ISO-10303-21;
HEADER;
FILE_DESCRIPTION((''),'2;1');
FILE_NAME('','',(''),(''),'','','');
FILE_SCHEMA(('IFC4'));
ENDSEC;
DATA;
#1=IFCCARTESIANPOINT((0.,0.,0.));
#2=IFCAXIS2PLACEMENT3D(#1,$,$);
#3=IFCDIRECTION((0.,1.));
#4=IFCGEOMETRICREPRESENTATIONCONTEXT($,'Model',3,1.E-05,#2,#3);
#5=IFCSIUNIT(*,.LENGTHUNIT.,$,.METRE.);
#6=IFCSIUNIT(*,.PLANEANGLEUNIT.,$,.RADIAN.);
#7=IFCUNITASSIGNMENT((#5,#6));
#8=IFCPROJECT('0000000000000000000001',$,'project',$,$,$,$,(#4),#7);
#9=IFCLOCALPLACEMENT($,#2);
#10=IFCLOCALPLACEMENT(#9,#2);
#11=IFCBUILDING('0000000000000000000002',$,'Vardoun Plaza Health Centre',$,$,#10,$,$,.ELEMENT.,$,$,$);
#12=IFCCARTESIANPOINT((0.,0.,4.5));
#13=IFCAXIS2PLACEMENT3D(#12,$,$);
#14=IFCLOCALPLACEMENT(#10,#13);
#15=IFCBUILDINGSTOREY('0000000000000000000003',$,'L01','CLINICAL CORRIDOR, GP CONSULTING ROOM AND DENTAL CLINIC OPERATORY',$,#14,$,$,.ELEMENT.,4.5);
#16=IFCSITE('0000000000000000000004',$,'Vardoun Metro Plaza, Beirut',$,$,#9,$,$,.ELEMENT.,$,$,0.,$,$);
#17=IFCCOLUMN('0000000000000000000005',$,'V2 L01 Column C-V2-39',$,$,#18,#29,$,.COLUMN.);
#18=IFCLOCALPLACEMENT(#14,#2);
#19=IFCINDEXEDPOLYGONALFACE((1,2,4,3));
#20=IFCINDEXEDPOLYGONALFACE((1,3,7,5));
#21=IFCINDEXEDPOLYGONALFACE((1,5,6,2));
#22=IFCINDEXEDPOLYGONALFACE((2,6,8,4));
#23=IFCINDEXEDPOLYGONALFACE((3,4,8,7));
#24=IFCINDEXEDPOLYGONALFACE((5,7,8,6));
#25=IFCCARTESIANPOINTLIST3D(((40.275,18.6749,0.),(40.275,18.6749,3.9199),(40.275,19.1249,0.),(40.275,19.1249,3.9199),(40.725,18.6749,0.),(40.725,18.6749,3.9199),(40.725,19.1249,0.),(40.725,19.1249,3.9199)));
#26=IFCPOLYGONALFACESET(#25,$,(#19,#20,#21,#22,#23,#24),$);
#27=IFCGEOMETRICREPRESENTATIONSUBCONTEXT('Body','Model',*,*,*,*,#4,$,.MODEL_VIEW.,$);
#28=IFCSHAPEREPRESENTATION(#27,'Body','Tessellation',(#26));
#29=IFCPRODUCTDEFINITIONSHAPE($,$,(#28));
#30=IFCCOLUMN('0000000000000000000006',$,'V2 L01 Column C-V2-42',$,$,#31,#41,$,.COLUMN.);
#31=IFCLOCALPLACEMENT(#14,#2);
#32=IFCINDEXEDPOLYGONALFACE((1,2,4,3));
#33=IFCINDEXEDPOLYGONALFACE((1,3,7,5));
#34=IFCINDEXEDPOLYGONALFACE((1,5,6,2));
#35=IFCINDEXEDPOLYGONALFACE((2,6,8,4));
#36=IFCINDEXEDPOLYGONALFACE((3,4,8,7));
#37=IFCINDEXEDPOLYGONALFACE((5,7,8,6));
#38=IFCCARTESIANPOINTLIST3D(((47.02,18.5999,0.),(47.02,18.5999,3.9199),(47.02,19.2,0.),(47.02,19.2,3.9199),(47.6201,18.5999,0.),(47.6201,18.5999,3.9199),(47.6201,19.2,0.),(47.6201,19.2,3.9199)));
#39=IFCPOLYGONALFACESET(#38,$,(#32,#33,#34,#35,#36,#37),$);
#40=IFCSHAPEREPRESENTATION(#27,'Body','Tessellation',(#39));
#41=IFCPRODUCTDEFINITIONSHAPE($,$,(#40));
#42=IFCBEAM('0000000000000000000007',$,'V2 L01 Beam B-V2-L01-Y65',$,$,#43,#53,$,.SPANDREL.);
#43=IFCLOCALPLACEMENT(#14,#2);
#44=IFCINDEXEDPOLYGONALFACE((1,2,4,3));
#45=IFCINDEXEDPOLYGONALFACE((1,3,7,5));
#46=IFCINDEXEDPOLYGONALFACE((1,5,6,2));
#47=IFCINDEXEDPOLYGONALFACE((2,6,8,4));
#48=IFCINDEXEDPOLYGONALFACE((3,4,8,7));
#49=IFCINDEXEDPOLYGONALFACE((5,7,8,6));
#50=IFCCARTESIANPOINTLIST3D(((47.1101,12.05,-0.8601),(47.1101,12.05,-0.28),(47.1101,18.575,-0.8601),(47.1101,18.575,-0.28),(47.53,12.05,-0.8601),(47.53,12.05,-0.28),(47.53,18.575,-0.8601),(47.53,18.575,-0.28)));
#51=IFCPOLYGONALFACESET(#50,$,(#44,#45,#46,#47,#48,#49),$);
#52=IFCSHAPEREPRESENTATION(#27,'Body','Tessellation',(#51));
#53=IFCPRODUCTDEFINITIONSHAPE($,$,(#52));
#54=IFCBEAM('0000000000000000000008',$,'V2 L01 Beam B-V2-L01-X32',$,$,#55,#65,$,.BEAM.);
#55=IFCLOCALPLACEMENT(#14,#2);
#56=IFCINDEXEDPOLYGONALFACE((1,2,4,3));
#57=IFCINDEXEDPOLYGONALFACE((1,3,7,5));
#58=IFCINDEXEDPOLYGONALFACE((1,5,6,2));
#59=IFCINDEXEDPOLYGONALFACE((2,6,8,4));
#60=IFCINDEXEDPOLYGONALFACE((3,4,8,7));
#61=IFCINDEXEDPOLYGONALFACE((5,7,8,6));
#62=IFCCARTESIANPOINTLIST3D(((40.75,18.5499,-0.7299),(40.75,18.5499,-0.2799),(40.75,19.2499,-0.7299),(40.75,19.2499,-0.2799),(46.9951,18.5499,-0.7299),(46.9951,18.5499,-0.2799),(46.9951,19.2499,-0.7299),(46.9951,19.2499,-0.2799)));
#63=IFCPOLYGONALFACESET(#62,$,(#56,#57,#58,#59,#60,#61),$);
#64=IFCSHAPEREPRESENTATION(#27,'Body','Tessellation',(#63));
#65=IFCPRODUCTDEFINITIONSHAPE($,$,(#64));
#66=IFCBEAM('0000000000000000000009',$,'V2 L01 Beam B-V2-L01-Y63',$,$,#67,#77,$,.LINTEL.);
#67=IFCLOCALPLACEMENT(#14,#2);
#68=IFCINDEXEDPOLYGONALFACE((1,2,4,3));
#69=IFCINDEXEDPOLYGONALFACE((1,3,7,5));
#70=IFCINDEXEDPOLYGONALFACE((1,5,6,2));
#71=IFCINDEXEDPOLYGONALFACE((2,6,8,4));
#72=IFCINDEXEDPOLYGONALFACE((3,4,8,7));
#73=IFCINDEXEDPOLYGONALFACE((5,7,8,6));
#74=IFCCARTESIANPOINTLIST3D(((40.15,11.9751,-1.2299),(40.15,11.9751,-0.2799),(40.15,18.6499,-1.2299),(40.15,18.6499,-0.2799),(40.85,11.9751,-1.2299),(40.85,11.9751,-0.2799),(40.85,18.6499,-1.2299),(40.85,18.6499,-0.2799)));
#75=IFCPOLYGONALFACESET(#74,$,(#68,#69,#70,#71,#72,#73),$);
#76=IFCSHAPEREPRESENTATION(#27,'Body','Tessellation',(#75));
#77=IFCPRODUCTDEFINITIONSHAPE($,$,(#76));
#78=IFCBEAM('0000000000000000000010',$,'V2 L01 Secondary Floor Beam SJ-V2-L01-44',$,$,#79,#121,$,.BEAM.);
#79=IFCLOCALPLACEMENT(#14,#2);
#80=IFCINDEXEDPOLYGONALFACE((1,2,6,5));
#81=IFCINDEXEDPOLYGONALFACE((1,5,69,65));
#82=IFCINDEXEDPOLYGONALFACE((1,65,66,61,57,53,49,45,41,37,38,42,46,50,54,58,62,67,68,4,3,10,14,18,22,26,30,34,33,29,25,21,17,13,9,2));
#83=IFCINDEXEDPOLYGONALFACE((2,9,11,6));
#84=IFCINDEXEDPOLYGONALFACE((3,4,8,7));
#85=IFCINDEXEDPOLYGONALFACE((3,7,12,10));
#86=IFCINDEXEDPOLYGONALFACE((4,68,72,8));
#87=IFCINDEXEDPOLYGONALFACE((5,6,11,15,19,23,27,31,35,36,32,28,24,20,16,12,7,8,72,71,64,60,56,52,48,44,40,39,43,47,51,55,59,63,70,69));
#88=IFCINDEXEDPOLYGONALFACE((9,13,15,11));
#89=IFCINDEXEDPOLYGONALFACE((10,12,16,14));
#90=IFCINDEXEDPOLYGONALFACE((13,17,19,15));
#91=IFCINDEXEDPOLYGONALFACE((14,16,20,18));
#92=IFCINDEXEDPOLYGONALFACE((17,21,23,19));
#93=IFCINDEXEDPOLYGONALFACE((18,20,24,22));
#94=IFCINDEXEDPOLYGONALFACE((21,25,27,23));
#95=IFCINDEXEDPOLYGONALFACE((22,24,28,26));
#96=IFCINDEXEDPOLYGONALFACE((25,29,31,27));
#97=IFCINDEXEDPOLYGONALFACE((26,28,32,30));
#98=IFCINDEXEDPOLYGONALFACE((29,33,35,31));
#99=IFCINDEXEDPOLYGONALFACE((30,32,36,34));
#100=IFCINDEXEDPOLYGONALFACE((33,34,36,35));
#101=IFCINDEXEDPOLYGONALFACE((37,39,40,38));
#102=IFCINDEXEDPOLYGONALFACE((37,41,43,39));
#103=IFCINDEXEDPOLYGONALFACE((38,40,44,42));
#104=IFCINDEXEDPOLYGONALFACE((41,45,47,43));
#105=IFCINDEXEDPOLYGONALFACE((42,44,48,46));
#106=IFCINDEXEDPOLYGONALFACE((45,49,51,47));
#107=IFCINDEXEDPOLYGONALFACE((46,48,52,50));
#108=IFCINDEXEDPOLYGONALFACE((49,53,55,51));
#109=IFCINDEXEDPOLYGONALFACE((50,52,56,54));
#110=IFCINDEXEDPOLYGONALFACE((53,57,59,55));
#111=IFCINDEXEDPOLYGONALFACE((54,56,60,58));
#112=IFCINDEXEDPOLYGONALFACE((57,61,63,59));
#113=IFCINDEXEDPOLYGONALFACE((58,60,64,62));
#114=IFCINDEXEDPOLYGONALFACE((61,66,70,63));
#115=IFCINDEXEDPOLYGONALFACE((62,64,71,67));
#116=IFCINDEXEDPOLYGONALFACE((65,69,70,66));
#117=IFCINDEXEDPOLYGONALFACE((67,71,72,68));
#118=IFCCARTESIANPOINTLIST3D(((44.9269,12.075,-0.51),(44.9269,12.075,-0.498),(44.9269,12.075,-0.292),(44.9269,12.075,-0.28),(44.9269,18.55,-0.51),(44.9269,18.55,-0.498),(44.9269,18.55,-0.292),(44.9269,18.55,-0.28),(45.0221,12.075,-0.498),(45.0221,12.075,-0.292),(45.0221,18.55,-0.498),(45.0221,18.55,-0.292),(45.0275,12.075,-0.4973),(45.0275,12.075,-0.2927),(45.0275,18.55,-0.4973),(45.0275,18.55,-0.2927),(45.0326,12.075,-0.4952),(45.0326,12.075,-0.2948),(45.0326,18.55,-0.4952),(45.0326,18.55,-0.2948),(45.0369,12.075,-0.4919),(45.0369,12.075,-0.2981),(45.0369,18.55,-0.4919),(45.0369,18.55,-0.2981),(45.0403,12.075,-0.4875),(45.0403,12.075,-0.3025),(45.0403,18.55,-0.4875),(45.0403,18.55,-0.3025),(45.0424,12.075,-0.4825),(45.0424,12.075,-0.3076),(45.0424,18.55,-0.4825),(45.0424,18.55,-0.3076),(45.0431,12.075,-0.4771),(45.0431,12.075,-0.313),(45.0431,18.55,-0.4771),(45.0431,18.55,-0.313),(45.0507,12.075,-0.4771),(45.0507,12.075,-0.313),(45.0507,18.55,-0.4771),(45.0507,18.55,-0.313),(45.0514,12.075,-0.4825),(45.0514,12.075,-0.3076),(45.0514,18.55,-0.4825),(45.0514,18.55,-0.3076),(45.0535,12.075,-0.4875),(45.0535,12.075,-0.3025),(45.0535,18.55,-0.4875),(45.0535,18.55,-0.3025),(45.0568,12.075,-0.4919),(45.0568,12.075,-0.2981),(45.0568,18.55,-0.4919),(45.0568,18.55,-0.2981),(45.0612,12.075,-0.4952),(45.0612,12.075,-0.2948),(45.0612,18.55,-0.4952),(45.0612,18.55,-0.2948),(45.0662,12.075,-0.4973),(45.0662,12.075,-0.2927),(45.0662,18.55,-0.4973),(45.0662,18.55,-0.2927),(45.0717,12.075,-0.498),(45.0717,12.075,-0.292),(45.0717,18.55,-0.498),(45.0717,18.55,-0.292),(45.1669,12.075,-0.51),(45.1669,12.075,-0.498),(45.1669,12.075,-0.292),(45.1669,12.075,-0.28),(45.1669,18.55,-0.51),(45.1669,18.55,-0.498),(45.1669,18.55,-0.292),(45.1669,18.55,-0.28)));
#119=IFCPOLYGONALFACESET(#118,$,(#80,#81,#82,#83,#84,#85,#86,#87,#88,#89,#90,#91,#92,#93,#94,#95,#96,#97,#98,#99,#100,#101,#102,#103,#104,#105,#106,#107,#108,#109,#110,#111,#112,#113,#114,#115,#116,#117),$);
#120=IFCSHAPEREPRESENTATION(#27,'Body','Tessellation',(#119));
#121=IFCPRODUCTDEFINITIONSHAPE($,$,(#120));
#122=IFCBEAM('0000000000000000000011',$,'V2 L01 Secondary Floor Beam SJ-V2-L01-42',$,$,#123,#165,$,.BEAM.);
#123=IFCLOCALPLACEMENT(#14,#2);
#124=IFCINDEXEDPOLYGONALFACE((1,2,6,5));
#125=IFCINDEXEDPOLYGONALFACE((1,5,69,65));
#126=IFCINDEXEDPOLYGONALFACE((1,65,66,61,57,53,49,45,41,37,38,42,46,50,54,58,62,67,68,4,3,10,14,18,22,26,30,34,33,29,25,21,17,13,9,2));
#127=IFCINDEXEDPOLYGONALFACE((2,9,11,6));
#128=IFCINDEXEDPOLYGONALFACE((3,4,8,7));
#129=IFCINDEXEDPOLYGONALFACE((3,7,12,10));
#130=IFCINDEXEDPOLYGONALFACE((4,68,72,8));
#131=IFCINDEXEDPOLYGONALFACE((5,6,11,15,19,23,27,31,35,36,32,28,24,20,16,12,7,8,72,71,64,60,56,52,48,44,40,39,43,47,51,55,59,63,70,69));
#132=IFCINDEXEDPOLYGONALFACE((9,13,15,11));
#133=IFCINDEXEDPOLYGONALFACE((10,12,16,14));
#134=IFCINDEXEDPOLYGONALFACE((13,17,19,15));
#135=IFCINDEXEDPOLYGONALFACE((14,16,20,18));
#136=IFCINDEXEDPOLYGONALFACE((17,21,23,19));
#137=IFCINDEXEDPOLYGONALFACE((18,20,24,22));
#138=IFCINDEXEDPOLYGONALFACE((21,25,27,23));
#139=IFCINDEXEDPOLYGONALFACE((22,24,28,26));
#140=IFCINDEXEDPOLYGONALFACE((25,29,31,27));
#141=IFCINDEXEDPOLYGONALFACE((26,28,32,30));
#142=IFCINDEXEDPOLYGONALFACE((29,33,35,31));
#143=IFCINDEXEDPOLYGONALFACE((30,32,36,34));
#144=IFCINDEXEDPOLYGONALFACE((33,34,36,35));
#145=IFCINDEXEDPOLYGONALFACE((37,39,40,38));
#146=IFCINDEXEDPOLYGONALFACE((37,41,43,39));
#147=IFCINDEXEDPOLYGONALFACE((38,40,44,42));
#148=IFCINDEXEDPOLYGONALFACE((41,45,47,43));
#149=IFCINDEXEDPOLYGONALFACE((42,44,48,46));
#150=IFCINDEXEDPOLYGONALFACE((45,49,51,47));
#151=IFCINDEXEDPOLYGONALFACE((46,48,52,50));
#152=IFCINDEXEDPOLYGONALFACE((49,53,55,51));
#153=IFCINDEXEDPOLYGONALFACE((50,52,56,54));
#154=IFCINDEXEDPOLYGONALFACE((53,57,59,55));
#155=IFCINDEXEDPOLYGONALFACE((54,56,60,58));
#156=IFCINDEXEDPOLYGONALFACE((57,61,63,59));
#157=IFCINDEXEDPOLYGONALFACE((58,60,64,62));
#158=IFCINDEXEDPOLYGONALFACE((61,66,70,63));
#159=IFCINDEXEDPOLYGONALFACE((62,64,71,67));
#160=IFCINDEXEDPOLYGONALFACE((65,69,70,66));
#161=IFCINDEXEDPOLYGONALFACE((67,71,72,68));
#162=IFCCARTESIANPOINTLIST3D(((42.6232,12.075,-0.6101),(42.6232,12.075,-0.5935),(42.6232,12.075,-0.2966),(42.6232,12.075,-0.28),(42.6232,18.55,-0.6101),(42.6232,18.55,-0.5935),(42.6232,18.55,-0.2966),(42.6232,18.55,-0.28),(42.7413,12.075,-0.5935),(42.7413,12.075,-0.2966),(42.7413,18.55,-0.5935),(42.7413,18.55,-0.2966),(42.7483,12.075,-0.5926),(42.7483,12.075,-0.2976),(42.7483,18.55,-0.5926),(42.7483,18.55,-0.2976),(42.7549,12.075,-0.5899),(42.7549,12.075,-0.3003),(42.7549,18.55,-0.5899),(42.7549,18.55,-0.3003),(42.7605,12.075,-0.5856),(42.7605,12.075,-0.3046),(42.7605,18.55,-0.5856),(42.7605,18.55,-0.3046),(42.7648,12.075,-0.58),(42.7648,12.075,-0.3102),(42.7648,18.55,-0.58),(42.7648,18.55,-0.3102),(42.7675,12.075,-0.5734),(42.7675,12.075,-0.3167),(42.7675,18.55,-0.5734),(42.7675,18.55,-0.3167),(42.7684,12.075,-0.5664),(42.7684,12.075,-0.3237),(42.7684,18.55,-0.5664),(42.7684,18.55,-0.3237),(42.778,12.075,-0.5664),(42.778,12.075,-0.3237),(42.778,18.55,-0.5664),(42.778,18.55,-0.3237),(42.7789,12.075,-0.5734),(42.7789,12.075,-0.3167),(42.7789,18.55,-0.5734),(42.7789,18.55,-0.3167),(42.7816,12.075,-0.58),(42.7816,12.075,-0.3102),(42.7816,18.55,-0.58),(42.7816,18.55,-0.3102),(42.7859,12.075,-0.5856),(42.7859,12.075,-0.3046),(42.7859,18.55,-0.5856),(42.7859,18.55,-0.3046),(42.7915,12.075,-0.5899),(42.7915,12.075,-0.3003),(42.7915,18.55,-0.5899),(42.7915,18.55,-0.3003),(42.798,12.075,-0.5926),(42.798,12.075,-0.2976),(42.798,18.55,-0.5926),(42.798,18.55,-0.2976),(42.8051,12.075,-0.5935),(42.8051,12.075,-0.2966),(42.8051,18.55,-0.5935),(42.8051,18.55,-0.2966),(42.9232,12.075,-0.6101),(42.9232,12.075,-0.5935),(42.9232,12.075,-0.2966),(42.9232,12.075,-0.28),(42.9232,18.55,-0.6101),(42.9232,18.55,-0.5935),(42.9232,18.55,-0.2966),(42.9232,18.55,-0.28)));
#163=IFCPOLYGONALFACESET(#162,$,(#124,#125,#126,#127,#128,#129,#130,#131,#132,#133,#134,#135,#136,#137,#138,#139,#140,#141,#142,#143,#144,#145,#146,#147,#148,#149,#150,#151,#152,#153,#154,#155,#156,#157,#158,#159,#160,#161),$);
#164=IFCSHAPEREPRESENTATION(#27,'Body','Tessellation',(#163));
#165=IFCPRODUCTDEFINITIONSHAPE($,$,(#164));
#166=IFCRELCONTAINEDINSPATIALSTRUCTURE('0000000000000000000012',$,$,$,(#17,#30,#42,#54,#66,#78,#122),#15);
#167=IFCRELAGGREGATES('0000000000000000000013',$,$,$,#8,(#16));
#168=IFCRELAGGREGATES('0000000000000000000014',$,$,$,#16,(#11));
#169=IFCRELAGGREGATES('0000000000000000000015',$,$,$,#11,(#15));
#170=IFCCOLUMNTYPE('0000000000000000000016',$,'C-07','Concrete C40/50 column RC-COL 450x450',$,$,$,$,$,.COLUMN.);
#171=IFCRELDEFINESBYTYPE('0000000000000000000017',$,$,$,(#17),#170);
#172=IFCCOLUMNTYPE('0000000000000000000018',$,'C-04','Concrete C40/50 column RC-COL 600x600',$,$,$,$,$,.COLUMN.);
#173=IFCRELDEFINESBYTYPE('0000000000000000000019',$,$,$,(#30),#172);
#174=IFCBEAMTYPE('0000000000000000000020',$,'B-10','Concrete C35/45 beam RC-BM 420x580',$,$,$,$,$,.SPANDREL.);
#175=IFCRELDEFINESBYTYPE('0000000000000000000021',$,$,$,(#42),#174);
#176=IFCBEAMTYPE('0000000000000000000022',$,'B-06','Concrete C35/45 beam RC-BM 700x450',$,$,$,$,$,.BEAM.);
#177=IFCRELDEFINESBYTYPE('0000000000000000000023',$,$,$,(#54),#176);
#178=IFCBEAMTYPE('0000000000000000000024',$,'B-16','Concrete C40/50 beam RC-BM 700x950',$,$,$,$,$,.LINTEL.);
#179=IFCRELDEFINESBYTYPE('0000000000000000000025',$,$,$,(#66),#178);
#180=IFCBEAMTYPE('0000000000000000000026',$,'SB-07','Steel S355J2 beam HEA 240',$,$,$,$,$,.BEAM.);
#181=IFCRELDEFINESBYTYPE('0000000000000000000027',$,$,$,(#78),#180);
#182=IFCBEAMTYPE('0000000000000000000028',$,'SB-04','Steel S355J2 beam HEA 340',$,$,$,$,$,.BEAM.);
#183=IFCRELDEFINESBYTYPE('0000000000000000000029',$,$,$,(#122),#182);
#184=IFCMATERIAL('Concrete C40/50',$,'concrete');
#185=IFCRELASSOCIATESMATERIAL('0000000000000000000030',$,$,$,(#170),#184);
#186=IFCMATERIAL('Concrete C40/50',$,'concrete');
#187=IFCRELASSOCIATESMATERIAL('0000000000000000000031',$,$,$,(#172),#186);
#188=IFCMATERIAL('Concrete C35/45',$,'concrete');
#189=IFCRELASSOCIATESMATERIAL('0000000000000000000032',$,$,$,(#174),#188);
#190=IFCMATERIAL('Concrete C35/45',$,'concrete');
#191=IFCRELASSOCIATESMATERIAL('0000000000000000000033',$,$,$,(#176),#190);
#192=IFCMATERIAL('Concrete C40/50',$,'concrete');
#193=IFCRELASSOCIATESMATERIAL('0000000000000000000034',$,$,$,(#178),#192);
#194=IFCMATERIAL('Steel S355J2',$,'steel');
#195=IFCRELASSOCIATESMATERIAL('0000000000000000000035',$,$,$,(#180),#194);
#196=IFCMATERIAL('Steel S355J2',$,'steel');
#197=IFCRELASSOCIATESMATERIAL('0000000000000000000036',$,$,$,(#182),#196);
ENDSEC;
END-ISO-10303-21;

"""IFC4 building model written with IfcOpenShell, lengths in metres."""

from ifc_helpers import new_model, si_unit, direction, frame, origin, origin_2d, place, context, subcontext, project, spatial, rectangle, i_section, extrude, material, material_profile, profile_set, type_object, element, save


model = new_model("IFC4")

# Units and contexts
model_context = context("Model", 3, precision=1e-05, world=origin(), true_north=direction((0.0, 1.0)))
body_context = subcontext(model_context, "Body", "Model", "MODEL_VIEW")
ifc_project = project(units=[si_unit("LENGTHUNIT", "METRE"), si_unit("PLANEANGLEUNIT", "RADIAN")], contexts=[model_context])

# Site, building, storey
site_placement = place(None, origin())
site = spatial("IfcSite", under=ifc_project, at=site_placement, Name="Vardoun Metro Plaza, Beirut", CompositionType="ELEMENT", RefElevation=0.0)
building_placement = place(site_placement, origin())
building = spatial("IfcBuilding", under=site, at=building_placement, Name="Vardoun Plaza Health Centre", CompositionType="ELEMENT")
storey_placement = place(building_placement, frame((0.0, 0.0, 4.5)))
storey = spatial("IfcBuildingStorey", under=building, at=storey_placement, Name="L01", Description="CLINICAL CORRIDOR, GP CONSULTING ROOM AND DENTAL CLINIC OPERATORY", CompositionType="ELEMENT", Elevation=4.5)

# Columns
ifc_material_1 = material(Name="Concrete C40/50", Category="concrete")
ifc_material_profile_1 = material_profile(ifc_material_1, rectangle(XDim=0.45, YDim=0.45, at=origin_2d()), Name="RC-COL 450x450")
ifc_profile_set_1 = profile_set([ifc_material_profile_1], Name="Concrete C40/50")
column_type_1 = type_object("IfcColumnType", Name="C-07", Description="Concrete C40/50 column RC-COL 450x450", PredefinedType="COLUMN", material=ifc_profile_set_1)
column_1_placement = place(storey_placement, frame((40.5, 18.8999, 0.0), z_axis=(0.0, 0.0, 1.0), x_axis=(1.0, 0.0, 0.0)))
element("IfcColumn", 1, at=column_1_placement, inside=storey, type_object=column_type_1, Name="V2 L01 Column C-V2-39", PredefinedType="COLUMN", context=body_context, shape_type="SweptSolid", body=[
    extrude(rectangle(XDim=0.45, YDim=0.45, at=origin_2d()), origin(), (0.0, 0.0, 1.0), 3.9199),
])
ifc_material_2 = material(Name="Concrete C40/50", Category="concrete")
ifc_material_profile_2 = material_profile(ifc_material_2, rectangle(XDim=0.6001, YDim=0.6001, at=origin_2d()), Name="RC-COL 600x600")
ifc_profile_set_2 = profile_set([ifc_material_profile_2], Name="Concrete C40/50")
column_type_2 = type_object("IfcColumnType", Name="C-04", Description="Concrete C40/50 column RC-COL 600x600", PredefinedType="COLUMN", material=ifc_profile_set_2)
column_2_placement = place(storey_placement, frame((47.3201, 18.8999, 0.0), z_axis=(0.0, 0.0, 1.0), x_axis=(1.0, 0.0, 0.0)))
element("IfcColumn", 2, at=column_2_placement, inside=storey, type_object=column_type_2, Name="V2 L01 Column C-V2-42", PredefinedType="COLUMN", context=body_context, shape_type="SweptSolid", body=[
    extrude(rectangle(XDim=0.6001, YDim=0.6001, at=origin_2d()), origin(), (0.0, 0.0, 1.0), 3.9199),
])

# Beams
ifc_material_3 = material(Name="Concrete C35/45", Category="concrete")
ifc_material_profile_3 = material_profile(ifc_material_3, rectangle(XDim=0.4199, YDim=0.5801, at=origin_2d()), Name="RC-BM 420x580")
ifc_profile_set_3 = profile_set([ifc_material_profile_3], Name="Concrete C35/45")
beam_type_1 = type_object("IfcBeamType", Name="B-10", Description="Concrete C35/45 beam RC-BM 420x580", PredefinedType="SPANDREL", material=ifc_profile_set_3)
beam_1_placement = place(storey_placement, frame((47.3201, 12.05, -0.5701), z_axis=(0.0, 1.0, 0.0), x_axis=(-1.0, 0.0, 0.0)))
element("IfcBeam", 3, at=beam_1_placement, inside=storey, type_object=beam_type_1, Name="V2 L01 Beam B-V2-L01-Y65", PredefinedType="SPANDREL", context=body_context, shape_type="SweptSolid", body=[
    extrude(rectangle(XDim=0.4199, YDim=0.5801, at=origin_2d()), origin(), (0.0, 0.0, 1.0), 6.5249),
])
ifc_material_4 = material(Name="Concrete C35/45", Category="concrete")
ifc_material_profile_4 = material_profile(ifc_material_4, rectangle(XDim=0.7, YDim=0.45, at=origin_2d()), Name="RC-BM 700x450")
ifc_profile_set_4 = profile_set([ifc_material_profile_4], Name="Concrete C35/45")
beam_type_2 = type_object("IfcBeamType", Name="B-06", Description="Concrete C35/45 beam RC-BM 700x450", PredefinedType="BEAM", material=ifc_profile_set_4)
beam_2_placement = place(storey_placement, frame((40.75, 18.8999, -0.5049), z_axis=(1.0, 0.0, 0.0), x_axis=(0.0, 1.0, 0.0)))
element("IfcBeam", 4, at=beam_2_placement, inside=storey, type_object=beam_type_2, Name="V2 L01 Beam B-V2-L01-X32", PredefinedType="BEAM", context=body_context, shape_type="SweptSolid", body=[
    extrude(rectangle(XDim=0.7, YDim=0.45, at=origin_2d()), origin(), (0.0, 0.0, 1.0), 6.2451),
])
ifc_material_5 = material(Name="Concrete C40/50", Category="concrete")
ifc_material_profile_5 = material_profile(ifc_material_5, rectangle(XDim=0.7, YDim=0.95, at=origin_2d()), Name="RC-BM 700x950")
ifc_profile_set_5 = profile_set([ifc_material_profile_5], Name="Concrete C40/50")
beam_type_3 = type_object("IfcBeamType", Name="B-16", Description="Concrete C40/50 beam RC-BM 700x950", PredefinedType="LINTEL", material=ifc_profile_set_5)
beam_3_placement = place(storey_placement, frame((40.5, 11.9751, -0.7549), z_axis=(0.0, 1.0, 0.0), x_axis=(-1.0, 0.0, 0.0)))
element("IfcBeam", 5, at=beam_3_placement, inside=storey, type_object=beam_type_3, Name="V2 L01 Beam B-V2-L01-Y63", PredefinedType="LINTEL", context=body_context, shape_type="SweptSolid", body=[
    extrude(rectangle(XDim=0.7, YDim=0.95, at=origin_2d()), origin(), (0.0, 0.0, 1.0), 6.6748),
])
ifc_material_6 = material(Name="Steel S355J2", Category="steel")
ifc_material_profile_6 = material_profile(ifc_material_6, i_section(OverallWidth=0.24, OverallDepth=0.23, WebThickness=0.0076, FlangeThickness=0.012, FilletRadius=0.021, at=origin_2d()), Name="HEA 240")
ifc_profile_set_6 = profile_set([ifc_material_profile_6], Name="Steel S355J2")
beam_type_4 = type_object("IfcBeamType", Name="SB-07", Description="Steel S355J2 beam HEA 240", PredefinedType="BEAM", material=ifc_profile_set_6)
beam_4_placement = place(storey_placement, frame((45.0469, 12.075, -0.395), z_axis=(0.0, 1.0, 0.0), x_axis=(-1.0, 0.0, 0.0)))
element("IfcBeam", 6, at=beam_4_placement, inside=storey, type_object=beam_type_4, Name="V2 L01 Secondary Floor Beam SJ-V2-L01-44", PredefinedType="BEAM", context=body_context, shape_type="SweptSolid", body=[
    extrude(i_section(OverallWidth=0.24, OverallDepth=0.23, WebThickness=0.0076, FlangeThickness=0.012, FilletRadius=0.021, at=origin_2d()), origin(), (0.0, 0.0, 1.0), 6.4751),
])
ifc_material_7 = material(Name="Steel S355J2", Category="steel")
ifc_material_profile_7 = material_profile(ifc_material_7, i_section(OverallWidth=0.3, OverallDepth=0.3301, WebThickness=0.0095, FlangeThickness=0.0166, FilletRadius=0.0271, at=origin_2d()), Name="HEA 340")
ifc_profile_set_7 = profile_set([ifc_material_profile_7], Name="Steel S355J2")
beam_type_5 = type_object("IfcBeamType", Name="SB-04", Description="Steel S355J2 beam HEA 340", PredefinedType="BEAM", material=ifc_profile_set_7)
beam_5_placement = place(storey_placement, frame((42.7732, 12.075, -0.4451), z_axis=(0.0, 1.0, 0.0), x_axis=(-1.0, 0.0, 0.0)))
element("IfcBeam", 7, at=beam_5_placement, inside=storey, type_object=beam_type_5, Name="V2 L01 Secondary Floor Beam SJ-V2-L01-42", PredefinedType="BEAM", context=body_context, shape_type="SweptSolid", body=[
    extrude(i_section(OverallWidth=0.3, OverallDepth=0.3301, WebThickness=0.0095, FlangeThickness=0.0166, FilletRadius=0.0271, at=origin_2d()), origin(), (0.0, 0.0, 1.0), 6.4751),
])

save(model, "model.ifc")
